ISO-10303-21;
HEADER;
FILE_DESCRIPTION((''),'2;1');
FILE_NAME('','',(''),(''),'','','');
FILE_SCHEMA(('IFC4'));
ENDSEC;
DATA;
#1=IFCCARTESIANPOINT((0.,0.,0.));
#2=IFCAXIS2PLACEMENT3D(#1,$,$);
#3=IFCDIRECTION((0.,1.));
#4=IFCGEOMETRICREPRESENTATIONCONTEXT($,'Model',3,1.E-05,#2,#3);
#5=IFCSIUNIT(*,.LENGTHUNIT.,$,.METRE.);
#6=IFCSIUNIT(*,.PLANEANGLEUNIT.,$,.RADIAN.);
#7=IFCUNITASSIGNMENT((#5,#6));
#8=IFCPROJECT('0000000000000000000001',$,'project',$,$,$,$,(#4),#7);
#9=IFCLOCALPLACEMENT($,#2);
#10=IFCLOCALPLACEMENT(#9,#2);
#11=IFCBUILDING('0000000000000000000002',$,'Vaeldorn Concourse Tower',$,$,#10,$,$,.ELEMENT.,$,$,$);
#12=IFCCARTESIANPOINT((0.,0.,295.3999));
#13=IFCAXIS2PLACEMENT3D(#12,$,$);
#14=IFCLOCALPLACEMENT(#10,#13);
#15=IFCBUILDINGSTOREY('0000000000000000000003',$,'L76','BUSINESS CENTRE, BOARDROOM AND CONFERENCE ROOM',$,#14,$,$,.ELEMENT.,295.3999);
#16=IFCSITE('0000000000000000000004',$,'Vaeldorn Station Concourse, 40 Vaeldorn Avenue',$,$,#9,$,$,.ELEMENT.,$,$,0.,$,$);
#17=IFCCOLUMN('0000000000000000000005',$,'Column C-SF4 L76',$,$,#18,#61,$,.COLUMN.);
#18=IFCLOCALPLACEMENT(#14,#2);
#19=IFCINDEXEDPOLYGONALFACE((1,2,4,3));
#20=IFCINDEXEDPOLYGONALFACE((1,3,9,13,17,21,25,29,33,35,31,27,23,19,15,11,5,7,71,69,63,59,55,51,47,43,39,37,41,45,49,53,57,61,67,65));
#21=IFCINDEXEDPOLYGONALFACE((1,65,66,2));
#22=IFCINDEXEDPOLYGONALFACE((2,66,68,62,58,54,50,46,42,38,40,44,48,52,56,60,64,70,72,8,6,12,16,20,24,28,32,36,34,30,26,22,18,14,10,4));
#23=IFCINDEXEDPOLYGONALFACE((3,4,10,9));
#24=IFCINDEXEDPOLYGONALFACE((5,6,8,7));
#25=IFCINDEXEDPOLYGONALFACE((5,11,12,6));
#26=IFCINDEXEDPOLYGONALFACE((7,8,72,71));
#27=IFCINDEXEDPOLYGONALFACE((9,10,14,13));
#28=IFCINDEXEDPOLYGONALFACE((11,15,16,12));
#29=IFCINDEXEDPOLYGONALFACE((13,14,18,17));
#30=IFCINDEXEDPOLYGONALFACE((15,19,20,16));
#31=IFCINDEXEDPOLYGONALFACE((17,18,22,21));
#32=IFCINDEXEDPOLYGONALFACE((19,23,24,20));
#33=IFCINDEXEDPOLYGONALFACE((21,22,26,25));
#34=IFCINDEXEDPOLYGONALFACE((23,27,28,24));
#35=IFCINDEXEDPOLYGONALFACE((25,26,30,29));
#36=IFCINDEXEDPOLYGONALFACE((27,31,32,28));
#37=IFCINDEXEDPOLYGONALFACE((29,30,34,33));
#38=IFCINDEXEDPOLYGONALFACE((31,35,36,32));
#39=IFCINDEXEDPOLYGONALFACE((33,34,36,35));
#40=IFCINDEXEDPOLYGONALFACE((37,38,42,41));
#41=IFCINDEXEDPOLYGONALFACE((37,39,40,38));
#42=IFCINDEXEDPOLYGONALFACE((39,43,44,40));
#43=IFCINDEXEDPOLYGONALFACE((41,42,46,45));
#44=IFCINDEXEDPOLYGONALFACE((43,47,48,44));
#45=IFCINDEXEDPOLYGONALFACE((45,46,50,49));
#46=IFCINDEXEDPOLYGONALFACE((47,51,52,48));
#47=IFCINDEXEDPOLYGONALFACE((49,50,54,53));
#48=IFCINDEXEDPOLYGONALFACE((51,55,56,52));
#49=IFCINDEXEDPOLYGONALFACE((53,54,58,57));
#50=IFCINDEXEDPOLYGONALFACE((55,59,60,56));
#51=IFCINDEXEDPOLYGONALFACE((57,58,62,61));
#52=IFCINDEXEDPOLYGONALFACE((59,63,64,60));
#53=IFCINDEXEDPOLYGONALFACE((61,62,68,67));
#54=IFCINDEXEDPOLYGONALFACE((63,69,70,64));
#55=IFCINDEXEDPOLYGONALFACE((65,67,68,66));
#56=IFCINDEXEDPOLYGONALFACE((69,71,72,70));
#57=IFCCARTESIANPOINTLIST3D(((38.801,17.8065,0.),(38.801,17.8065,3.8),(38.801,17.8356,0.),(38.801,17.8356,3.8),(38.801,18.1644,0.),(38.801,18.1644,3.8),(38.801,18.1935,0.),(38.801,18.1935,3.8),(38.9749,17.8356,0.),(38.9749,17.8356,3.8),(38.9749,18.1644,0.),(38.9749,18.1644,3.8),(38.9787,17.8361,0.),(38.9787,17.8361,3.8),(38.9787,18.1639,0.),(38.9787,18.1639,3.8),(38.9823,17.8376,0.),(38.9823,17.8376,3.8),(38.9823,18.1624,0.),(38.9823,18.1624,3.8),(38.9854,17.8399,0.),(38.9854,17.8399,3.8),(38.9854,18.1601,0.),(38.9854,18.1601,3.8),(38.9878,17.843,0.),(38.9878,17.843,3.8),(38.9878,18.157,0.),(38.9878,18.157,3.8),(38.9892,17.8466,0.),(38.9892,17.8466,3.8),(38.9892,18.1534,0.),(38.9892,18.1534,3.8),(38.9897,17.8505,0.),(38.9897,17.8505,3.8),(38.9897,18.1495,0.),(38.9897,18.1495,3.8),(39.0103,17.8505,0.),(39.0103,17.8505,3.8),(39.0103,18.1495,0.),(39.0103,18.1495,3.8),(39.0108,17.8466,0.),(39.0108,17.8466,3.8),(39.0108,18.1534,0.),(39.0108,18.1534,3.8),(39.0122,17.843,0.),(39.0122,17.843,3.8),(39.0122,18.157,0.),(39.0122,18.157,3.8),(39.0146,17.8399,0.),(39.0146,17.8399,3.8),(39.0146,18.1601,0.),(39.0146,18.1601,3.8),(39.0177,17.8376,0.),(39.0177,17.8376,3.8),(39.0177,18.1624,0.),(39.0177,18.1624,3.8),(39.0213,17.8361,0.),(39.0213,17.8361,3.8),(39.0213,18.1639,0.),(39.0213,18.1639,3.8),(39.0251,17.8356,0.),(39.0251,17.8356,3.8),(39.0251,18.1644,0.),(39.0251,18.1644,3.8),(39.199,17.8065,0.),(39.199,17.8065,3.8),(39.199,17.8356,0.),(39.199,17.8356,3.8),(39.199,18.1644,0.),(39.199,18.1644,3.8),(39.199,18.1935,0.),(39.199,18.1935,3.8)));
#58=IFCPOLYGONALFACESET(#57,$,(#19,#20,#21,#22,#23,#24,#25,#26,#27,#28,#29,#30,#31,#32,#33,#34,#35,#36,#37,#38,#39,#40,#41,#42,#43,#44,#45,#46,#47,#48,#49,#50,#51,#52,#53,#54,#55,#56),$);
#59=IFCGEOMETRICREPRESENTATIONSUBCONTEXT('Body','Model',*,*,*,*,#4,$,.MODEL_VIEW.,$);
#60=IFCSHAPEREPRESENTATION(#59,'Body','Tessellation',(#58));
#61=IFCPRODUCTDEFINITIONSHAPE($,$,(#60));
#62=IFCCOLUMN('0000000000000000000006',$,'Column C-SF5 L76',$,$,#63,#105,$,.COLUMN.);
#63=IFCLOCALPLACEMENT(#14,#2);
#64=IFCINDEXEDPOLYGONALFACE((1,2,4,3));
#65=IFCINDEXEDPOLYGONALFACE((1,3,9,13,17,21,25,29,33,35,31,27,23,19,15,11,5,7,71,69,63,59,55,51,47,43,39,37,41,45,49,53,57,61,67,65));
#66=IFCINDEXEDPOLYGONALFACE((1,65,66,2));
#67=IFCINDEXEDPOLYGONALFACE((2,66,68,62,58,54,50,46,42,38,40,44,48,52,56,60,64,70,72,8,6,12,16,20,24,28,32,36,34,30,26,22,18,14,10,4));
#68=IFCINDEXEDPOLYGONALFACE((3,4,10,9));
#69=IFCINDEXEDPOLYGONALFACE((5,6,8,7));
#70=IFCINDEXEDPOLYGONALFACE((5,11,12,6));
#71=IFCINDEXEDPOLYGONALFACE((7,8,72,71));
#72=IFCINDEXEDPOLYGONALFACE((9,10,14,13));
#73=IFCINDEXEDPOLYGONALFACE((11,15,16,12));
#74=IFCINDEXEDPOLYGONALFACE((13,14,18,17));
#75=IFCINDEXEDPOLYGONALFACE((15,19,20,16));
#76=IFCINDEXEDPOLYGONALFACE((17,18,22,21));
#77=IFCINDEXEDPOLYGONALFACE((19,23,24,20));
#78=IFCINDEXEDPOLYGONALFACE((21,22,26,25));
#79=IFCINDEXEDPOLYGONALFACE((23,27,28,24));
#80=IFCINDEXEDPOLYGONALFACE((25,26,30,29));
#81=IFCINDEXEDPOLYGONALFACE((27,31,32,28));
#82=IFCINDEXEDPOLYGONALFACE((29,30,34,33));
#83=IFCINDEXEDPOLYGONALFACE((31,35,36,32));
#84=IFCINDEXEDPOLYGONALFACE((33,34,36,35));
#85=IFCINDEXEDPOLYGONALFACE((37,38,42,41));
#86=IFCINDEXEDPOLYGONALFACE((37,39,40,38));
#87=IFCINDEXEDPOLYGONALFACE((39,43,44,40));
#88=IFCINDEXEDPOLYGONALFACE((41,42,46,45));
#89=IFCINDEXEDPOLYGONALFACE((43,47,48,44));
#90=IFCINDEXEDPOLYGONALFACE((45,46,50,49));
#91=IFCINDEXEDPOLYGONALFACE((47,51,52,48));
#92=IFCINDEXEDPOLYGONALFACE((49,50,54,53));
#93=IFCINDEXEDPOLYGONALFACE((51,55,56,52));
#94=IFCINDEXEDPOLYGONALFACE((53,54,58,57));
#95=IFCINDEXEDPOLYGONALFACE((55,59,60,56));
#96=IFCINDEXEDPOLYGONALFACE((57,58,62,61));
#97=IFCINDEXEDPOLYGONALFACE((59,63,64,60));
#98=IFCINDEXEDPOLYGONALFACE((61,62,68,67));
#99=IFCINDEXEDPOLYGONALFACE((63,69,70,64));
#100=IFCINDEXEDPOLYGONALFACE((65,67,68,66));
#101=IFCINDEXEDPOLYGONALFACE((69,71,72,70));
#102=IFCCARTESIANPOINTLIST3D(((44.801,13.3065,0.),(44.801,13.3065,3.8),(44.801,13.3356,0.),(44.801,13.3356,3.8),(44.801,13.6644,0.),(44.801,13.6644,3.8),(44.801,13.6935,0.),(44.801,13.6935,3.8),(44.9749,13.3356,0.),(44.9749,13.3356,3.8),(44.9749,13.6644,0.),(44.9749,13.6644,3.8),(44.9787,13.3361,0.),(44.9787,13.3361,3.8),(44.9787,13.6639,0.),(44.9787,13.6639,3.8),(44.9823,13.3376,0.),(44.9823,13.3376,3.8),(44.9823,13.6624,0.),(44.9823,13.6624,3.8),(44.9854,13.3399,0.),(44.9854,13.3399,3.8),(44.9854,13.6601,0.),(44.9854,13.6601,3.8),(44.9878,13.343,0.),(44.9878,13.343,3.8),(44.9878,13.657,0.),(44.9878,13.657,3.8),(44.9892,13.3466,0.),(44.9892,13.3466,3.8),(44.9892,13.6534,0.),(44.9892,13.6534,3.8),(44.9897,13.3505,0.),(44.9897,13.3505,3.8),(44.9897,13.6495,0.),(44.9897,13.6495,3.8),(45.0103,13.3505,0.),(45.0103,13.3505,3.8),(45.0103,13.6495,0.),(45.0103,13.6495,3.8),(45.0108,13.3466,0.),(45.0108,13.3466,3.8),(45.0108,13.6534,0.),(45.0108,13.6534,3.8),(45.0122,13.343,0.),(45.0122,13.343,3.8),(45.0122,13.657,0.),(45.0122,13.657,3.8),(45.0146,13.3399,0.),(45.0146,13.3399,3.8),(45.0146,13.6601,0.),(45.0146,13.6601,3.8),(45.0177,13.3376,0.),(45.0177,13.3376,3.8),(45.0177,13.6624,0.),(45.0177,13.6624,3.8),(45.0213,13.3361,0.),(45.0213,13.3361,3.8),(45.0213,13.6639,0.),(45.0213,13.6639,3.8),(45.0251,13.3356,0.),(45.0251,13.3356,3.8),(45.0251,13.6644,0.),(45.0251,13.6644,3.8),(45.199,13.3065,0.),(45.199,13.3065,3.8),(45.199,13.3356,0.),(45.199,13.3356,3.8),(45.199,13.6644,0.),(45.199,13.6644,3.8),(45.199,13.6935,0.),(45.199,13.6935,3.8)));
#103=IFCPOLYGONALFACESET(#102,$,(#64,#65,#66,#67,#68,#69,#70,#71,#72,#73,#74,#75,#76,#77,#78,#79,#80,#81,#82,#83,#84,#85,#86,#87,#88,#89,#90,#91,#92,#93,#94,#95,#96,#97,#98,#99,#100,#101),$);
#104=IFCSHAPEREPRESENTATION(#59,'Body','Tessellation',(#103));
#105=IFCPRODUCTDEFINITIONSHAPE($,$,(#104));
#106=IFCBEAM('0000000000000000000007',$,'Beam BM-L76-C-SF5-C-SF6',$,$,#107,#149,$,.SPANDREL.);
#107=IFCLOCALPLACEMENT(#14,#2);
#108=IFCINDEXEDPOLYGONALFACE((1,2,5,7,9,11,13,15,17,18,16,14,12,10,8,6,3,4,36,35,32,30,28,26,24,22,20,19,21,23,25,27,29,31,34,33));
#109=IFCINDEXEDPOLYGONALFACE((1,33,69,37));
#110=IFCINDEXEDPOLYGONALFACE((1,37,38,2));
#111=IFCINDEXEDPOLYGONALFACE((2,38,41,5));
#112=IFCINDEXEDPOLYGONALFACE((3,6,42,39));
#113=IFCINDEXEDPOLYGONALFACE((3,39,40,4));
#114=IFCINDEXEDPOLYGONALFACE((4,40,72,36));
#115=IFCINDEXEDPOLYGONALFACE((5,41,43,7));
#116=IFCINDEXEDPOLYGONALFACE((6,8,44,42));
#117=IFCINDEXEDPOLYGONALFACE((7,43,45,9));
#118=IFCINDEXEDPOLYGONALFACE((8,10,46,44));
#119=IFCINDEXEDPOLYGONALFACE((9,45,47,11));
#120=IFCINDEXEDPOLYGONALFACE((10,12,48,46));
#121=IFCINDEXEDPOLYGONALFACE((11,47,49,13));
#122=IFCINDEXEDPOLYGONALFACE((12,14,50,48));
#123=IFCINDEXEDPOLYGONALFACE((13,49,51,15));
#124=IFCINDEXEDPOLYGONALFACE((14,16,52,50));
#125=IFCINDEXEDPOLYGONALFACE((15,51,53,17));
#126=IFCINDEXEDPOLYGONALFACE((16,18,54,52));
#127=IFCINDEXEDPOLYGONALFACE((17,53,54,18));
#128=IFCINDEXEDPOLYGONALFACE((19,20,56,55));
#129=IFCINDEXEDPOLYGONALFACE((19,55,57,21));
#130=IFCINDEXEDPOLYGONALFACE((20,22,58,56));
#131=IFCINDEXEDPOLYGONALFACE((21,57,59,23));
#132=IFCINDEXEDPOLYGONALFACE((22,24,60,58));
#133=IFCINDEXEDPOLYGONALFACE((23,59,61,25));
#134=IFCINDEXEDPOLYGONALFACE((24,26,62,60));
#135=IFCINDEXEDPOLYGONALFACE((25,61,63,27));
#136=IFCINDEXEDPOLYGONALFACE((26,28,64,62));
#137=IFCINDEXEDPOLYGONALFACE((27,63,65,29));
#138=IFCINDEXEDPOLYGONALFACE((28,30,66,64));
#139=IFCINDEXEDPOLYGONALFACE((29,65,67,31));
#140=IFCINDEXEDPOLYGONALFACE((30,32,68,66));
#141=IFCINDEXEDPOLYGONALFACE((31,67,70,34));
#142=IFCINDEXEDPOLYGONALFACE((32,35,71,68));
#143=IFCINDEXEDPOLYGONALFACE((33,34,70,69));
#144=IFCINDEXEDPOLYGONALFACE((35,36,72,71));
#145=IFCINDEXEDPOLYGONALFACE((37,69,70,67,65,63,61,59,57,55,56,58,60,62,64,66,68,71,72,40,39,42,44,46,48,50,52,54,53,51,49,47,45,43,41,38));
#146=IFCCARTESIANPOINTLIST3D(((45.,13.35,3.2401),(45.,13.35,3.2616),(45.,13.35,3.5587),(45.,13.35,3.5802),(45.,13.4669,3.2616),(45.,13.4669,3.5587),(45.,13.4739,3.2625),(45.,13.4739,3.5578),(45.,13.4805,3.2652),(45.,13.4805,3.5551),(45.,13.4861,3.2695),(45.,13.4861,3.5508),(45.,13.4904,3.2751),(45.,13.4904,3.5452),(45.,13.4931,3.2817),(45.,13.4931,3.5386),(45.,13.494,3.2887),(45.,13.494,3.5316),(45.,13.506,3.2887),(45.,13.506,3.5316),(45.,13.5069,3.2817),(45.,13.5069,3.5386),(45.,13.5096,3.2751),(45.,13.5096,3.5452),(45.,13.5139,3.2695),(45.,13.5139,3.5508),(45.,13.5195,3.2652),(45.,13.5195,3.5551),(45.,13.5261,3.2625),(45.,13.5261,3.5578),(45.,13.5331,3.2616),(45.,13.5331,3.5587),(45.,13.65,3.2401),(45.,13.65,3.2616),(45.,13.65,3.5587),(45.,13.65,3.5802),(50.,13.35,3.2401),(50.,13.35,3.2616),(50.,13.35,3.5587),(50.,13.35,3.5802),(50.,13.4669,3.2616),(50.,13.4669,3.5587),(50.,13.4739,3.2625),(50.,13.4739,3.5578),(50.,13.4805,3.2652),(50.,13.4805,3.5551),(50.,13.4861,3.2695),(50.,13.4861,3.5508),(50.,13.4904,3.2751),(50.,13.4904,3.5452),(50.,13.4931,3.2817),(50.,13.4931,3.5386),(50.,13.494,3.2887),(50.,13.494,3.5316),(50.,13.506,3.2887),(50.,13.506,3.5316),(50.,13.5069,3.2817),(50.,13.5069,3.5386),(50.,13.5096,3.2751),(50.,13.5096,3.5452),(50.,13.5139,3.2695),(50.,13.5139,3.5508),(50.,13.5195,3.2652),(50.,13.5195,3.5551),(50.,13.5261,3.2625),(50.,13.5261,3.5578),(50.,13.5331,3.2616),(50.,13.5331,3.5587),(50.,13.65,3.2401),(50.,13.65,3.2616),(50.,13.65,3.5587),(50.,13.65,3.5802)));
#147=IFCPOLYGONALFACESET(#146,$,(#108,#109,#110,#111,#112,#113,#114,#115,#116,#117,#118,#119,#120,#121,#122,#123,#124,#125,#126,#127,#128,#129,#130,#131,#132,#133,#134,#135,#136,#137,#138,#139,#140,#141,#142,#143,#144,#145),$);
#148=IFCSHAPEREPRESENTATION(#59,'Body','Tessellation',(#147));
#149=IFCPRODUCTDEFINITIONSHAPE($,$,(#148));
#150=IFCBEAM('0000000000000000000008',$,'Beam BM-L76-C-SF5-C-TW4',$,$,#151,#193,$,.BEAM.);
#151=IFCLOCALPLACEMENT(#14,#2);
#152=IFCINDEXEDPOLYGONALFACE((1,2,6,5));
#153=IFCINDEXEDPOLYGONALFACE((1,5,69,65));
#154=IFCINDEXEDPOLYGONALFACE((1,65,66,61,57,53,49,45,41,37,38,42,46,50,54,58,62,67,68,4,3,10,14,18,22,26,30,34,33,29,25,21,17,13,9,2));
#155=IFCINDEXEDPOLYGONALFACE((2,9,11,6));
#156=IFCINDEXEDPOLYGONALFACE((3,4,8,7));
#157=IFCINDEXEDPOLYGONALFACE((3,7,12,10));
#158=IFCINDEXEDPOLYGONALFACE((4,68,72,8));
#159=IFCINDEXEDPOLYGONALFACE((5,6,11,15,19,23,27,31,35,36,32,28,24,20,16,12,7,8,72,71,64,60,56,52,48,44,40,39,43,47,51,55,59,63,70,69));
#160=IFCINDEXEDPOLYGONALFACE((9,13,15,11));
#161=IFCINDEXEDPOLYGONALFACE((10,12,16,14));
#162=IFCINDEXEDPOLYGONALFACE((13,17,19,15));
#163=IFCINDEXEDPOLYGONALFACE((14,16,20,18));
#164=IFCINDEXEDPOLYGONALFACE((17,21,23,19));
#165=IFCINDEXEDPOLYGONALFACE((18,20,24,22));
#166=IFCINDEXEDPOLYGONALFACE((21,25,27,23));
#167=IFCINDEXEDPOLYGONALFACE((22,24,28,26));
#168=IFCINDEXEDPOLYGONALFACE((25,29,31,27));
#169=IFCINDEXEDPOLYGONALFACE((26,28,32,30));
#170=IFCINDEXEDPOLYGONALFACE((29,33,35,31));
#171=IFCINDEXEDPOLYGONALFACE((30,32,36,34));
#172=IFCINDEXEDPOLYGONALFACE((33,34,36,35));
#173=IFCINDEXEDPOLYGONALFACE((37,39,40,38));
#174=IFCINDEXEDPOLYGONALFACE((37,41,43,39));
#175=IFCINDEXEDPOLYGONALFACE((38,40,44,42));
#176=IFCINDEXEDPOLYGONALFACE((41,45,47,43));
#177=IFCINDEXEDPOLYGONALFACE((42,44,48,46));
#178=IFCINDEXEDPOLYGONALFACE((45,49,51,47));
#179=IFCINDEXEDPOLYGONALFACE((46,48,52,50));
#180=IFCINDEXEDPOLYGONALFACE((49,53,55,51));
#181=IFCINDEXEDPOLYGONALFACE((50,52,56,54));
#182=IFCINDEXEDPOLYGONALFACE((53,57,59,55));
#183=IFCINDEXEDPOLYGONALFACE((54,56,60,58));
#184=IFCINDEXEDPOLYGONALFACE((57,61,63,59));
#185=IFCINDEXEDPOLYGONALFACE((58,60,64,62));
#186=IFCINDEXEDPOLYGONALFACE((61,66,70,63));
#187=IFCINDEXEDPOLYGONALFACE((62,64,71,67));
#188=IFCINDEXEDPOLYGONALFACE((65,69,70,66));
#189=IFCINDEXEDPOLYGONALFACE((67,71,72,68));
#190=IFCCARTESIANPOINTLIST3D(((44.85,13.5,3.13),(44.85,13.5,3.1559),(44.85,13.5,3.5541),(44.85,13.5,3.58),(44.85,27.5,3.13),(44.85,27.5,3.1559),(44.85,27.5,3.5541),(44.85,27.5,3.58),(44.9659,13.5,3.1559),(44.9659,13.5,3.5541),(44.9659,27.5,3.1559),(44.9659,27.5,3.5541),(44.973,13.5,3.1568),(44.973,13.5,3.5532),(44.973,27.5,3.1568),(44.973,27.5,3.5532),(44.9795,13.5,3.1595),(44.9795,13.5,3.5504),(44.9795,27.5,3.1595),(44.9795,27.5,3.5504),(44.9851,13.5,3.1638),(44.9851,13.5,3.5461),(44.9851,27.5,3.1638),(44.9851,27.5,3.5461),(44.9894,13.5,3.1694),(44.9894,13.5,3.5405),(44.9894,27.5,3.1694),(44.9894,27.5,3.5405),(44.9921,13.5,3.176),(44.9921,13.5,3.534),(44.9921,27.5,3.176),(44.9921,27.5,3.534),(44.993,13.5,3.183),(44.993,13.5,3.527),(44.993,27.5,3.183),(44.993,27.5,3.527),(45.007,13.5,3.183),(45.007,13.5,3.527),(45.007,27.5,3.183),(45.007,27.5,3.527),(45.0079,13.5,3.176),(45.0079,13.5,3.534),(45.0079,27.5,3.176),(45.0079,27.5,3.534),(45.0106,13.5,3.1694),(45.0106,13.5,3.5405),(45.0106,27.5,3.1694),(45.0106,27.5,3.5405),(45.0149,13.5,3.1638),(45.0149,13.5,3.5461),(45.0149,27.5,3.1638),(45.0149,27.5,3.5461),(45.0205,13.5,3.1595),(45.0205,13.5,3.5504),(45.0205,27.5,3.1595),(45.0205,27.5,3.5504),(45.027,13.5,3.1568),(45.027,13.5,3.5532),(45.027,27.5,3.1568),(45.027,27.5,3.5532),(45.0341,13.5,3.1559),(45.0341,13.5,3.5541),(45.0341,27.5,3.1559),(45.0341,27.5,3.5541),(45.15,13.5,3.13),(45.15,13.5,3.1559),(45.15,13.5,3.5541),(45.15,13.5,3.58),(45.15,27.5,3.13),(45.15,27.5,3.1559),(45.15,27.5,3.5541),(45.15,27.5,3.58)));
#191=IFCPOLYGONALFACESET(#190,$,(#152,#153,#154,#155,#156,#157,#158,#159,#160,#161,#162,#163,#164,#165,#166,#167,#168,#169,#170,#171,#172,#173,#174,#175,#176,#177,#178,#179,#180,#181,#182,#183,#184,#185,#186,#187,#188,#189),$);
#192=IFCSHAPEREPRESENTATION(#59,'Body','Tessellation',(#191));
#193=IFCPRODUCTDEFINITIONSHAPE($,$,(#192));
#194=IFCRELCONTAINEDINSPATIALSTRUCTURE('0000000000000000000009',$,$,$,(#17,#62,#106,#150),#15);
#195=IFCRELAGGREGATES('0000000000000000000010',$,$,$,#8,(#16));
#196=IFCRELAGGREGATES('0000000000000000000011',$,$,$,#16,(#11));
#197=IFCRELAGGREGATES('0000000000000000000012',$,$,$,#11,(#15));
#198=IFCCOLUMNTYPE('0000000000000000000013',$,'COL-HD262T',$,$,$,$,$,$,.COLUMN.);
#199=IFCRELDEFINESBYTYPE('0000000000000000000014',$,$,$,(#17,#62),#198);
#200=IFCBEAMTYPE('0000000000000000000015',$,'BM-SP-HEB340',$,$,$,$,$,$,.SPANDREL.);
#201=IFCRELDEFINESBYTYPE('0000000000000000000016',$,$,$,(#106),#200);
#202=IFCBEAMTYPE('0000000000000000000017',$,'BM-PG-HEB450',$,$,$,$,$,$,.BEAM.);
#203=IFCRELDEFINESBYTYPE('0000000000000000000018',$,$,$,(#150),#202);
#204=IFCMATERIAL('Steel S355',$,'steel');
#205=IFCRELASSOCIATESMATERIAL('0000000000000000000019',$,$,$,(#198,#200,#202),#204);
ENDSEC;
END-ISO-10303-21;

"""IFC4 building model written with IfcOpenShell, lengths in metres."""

from ifc_helpers import new_model, si_unit, direction, frame, origin, origin_2d, place, context, subcontext, project, spatial, i_section, extrude, source, transform, mapped, material, material_profile, profile_set, type_object, element, save


model = new_model("IFC4")

# Units and contexts
model_context = context("Model", 3, precision=1e-05, world=origin(), true_north=direction((0.0, 1.0)))
body_context = subcontext(model_context, "Body", "Model", "MODEL_VIEW")
ifc_project = project(units=[si_unit("LENGTHUNIT", "METRE"), si_unit("PLANEANGLEUNIT", "RADIAN")], contexts=[model_context])

# Site, building, storey
site_placement = place(None, origin())
site = spatial("IfcSite", under=ifc_project, at=site_placement, Name="Vaeldorn Station Concourse, 40 Vaeldorn Avenue", CompositionType="ELEMENT", RefElevation=0.0)
building_placement = place(site_placement, origin())
building = spatial("IfcBuilding", under=site, at=building_placement, Name="Vaeldorn Concourse Tower", CompositionType="ELEMENT")
storey_placement = place(building_placement, frame((0.0, 0.0, 295.3999)))
storey = spatial("IfcBuildingStorey", under=building, at=storey_placement, Name="L76", Description="BUSINESS CENTRE, BOARDROOM AND CONFERENCE ROOM", CompositionType="ELEMENT", Elevation=295.3999)

# Columns
ifc_material_1 = material(Name="Steel S355", Category="steel")
ifc_material_profile_1 = material_profile(ifc_material_1, i_section(OverallWidth=0.3979, OverallDepth=0.387, WebThickness=0.0205, FlangeThickness=0.0291, FilletRadius=0.0149, at=origin_2d()), Name="HD 400x262")
ifc_profile_set_1 = profile_set([ifc_material_profile_1], Name="Steel S355")
column_type = type_object("IfcColumnType", Name="COL-HD262T", PredefinedType="COLUMN", material=ifc_profile_set_1)
shared_shape_1 = source(origin(), body_context, "Body", "SweptSolid", [
    extrude(i_section(OverallWidth=0.3979, OverallDepth=0.387, WebThickness=0.0205, FlangeThickness=0.0291, FilletRadius=0.0149, at=origin_2d()), origin(), (0.0, 0.0, 1.0), 3.8),
])
for number, where, z_axis, x_axis, name in (
    (1, (39.0, 18.0, 0.0), (0.0, 0.0, 1.0), (1.0, 0.0, 0.0), "Column C-SF4 L76"),
    (2, (45.0, 13.5, 0.0), (0.0, 0.0, 1.0), (1.0, 0.0, 0.0), "Column C-SF5 L76"),
):
    element("IfcColumn", number, at=place(storey_placement, frame(where, z_axis=z_axis, x_axis=x_axis)), inside=storey, type_object=column_type, Name=name, PredefinedType="COLUMN", context=body_context, shape_type="MappedRepresentation", body=[
        mapped(shared_shape_1, transform((0.0, 0.0, 0.0), scale=1.0)),
    ])

# Beams
ifc_material_profile_2 = material_profile(ifc_material_1, i_section(OverallWidth=0.3, OverallDepth=0.3401, WebThickness=0.012, FlangeThickness=0.0215, FilletRadius=0.0271, at=origin_2d()), Name="HEB 340")
ifc_profile_set_2 = profile_set([ifc_material_profile_2], Name="Steel S355")
beam_type_1 = type_object("IfcBeamType", Name="BM-SP-HEB340", PredefinedType="SPANDREL", material=ifc_profile_set_2)
shared_shape_2 = source(origin(), body_context, "Body", "SweptSolid", [
    extrude(i_section(OverallWidth=0.3, OverallDepth=0.3401, WebThickness=0.012, FlangeThickness=0.0215, FilletRadius=0.0271, at=origin_2d()), origin(), (0.0, 0.0, 1.0), 5.0),
])
beam_1_placement = place(storey_placement, frame((45.0, 13.5, 3.4102), z_axis=(1.0, 0.0, 0.0), x_axis=(0.0, 1.0, 0.0)))
element("IfcBeam", 3, at=beam_1_placement, inside=storey, type_object=beam_type_1, Name="Beam BM-L76-C-SF5-C-SF6", PredefinedType="SPANDREL", context=body_context, shape_type="MappedRepresentation", body=[
    mapped(shared_shape_2, transform((0.0, 0.0, 0.0), scale=1.0)),
])
ifc_material_profile_3 = material_profile(ifc_material_1, i_section(OverallWidth=0.3, OverallDepth=0.45, WebThickness=0.0139, FlangeThickness=0.0259, FilletRadius=0.0271, at=origin_2d()), Name="HEB 450")
ifc_profile_set_3 = profile_set([ifc_material_profile_3], Name="Steel S355")
beam_type_2 = type_object("IfcBeamType", Name="BM-PG-HEB450", PredefinedType="BEAM", material=ifc_profile_set_3)
shared_shape_3 = source(origin(), body_context, "Body", "SweptSolid", [
    extrude(i_section(OverallWidth=0.3, OverallDepth=0.45, WebThickness=0.0139, FlangeThickness=0.0259, FilletRadius=0.0271, at=origin_2d()), origin(), (0.0, 0.0, 1.0), 14.0),
])
beam_2_placement = place(storey_placement, frame((45.0, 13.5, 3.355), z_axis=(0.0, 1.0, 0.0), x_axis=(-1.0, 0.0, 0.0)))
element("IfcBeam", 4, at=beam_2_placement, inside=storey, type_object=beam_type_2, Name="Beam BM-L76-C-SF5-C-TW4", PredefinedType="BEAM", context=body_context, shape_type="MappedRepresentation", body=[
    mapped(shared_shape_3, transform((0.0, 0.0, 0.0), scale=1.0)),
])

save(model, "model.ifc")
